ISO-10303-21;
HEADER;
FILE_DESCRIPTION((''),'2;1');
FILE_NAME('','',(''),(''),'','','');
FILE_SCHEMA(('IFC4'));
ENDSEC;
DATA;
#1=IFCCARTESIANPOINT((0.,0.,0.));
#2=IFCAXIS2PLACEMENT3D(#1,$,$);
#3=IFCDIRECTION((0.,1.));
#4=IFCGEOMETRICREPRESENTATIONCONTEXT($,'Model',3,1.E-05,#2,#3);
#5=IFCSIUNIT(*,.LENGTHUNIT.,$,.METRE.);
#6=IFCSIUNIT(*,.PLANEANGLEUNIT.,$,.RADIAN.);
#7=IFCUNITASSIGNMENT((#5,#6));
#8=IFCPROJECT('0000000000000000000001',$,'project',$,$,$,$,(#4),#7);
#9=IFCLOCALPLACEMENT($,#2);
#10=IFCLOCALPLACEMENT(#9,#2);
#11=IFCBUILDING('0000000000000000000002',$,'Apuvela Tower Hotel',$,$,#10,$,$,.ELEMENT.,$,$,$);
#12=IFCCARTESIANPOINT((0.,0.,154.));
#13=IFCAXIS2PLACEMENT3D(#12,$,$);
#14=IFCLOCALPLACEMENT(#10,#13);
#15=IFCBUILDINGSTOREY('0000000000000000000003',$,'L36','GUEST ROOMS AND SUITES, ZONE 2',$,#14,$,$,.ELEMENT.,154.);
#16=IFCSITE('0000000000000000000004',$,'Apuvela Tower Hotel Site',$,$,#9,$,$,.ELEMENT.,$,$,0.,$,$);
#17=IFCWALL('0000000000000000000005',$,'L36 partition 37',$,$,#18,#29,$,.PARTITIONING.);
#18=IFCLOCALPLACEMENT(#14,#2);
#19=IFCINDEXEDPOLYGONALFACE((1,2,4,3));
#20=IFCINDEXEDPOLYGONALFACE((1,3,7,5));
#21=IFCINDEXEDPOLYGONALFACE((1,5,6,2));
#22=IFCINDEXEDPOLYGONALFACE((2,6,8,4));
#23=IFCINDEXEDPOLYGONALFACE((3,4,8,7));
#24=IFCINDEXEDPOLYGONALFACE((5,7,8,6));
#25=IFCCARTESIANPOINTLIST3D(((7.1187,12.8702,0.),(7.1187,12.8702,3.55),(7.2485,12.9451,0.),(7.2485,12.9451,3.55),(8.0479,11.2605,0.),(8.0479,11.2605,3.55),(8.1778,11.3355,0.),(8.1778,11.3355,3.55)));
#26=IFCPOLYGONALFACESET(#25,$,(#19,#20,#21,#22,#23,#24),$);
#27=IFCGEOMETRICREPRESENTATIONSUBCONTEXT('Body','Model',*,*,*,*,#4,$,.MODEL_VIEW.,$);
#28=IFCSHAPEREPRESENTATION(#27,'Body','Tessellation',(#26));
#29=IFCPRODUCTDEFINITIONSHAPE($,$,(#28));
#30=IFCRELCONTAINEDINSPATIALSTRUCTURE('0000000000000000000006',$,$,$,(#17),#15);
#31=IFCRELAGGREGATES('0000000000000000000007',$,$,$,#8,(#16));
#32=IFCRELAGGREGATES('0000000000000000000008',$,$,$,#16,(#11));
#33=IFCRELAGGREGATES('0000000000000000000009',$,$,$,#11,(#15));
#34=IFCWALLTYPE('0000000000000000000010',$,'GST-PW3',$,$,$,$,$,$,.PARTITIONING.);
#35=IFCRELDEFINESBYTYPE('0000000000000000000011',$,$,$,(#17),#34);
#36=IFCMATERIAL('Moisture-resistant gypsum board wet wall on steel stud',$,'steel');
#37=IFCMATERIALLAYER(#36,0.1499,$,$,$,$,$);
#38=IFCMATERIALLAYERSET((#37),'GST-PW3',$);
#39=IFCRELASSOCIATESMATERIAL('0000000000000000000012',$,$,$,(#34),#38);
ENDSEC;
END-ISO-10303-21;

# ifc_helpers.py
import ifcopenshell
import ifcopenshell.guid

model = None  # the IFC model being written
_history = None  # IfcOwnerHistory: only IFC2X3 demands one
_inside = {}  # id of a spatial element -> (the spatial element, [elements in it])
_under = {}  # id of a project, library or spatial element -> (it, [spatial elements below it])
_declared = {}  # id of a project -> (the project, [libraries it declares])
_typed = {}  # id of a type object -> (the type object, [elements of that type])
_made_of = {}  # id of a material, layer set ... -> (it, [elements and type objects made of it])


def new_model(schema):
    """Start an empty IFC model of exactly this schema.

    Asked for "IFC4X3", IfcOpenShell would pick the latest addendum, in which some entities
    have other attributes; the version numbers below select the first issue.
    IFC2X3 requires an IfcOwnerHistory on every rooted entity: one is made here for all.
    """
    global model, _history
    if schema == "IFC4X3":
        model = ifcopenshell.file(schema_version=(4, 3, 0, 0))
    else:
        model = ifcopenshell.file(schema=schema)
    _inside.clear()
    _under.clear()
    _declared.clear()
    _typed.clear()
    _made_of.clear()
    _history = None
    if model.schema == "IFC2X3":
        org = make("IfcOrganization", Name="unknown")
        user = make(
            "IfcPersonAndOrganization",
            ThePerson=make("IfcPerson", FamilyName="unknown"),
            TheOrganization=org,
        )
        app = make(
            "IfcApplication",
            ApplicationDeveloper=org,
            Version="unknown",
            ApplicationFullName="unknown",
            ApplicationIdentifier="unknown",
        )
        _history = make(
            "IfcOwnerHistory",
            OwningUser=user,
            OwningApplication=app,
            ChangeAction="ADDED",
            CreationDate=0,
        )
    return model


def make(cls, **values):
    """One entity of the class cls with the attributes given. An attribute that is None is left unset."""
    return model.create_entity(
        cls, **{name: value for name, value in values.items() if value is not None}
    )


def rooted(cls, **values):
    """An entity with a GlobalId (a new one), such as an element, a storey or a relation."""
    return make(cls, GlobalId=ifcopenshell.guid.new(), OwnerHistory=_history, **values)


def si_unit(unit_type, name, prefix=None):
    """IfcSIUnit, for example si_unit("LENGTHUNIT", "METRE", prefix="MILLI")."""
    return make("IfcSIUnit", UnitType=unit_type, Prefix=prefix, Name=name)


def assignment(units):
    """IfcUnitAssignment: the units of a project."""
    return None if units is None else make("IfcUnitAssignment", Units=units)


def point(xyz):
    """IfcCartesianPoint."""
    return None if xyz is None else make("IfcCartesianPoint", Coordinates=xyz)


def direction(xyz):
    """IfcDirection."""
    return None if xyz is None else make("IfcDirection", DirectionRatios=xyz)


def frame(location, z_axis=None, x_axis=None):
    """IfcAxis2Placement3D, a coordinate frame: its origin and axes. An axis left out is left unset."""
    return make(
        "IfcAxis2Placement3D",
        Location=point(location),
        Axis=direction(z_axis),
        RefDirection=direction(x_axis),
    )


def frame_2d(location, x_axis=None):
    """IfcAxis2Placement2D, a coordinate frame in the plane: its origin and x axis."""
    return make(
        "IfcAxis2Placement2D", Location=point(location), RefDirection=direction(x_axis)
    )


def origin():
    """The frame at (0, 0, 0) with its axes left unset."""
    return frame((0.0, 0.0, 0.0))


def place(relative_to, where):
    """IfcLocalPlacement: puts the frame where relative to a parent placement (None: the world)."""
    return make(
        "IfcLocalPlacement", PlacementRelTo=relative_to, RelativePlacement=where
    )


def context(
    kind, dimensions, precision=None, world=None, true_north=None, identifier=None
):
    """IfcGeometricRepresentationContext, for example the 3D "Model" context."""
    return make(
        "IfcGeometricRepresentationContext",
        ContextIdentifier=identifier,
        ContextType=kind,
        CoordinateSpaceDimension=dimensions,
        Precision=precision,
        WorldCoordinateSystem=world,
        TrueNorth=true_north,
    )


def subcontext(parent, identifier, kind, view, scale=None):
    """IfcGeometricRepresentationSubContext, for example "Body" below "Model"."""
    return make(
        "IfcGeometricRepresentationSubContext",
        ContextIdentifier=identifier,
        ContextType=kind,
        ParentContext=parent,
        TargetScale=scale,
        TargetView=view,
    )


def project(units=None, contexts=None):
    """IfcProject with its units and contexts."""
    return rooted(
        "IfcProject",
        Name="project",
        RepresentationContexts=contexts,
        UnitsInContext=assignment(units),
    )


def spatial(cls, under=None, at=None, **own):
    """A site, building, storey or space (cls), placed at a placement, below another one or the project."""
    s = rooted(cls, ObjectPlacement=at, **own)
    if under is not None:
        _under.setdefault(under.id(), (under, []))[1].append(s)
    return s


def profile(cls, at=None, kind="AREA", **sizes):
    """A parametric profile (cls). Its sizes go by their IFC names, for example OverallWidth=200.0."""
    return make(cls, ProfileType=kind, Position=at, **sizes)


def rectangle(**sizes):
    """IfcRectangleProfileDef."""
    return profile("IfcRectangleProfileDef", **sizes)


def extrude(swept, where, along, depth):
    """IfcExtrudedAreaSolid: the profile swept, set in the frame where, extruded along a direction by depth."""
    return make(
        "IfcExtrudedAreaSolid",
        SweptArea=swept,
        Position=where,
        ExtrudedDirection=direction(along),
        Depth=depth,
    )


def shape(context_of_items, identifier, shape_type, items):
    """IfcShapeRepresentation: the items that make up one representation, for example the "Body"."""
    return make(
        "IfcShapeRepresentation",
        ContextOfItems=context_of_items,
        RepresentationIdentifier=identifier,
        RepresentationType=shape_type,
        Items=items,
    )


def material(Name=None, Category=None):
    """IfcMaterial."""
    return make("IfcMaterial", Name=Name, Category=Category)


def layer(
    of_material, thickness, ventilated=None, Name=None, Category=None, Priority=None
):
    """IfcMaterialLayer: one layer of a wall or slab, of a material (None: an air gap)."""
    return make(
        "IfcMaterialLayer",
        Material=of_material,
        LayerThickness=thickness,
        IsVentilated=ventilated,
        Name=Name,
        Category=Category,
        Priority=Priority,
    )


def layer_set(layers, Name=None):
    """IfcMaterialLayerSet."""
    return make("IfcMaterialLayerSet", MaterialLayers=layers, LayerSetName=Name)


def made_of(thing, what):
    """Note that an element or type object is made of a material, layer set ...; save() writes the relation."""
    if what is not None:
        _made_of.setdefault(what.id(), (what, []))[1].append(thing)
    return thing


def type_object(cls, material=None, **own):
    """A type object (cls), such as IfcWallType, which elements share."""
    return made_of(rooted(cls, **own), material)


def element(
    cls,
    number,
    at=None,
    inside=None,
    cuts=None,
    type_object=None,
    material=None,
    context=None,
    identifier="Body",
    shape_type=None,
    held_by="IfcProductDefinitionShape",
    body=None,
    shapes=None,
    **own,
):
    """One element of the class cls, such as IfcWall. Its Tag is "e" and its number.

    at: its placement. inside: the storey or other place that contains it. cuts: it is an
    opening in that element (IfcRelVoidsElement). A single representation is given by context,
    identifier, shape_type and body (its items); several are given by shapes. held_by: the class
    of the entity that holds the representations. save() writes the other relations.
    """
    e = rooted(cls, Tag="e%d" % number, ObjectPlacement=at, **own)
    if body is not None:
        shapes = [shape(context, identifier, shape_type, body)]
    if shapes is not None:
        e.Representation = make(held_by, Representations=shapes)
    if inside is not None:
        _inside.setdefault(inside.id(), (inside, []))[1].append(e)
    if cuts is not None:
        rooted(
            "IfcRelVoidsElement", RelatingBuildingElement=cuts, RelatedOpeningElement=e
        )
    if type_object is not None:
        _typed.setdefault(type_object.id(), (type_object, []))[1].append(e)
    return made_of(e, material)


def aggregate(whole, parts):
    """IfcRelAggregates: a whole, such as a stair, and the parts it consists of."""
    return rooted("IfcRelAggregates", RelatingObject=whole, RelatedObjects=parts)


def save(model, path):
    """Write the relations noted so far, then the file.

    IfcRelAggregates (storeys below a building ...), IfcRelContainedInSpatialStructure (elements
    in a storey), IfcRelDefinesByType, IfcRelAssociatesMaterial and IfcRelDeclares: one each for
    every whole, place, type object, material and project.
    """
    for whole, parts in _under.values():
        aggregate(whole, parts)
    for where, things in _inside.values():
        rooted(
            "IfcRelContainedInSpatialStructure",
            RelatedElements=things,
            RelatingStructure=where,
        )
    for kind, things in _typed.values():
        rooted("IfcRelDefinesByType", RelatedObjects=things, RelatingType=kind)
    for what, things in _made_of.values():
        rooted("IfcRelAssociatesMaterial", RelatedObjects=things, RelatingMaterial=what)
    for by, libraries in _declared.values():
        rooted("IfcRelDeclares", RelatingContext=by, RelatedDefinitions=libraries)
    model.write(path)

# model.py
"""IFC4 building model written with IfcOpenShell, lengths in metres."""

from ifc_helpers import new_model, si_unit, direction, frame, frame_2d, origin, place, context, subcontext, project, spatial, rectangle, extrude, material, layer, layer_set, type_object, element, save


model = new_model("IFC4")

# Units and contexts
model_context = context("Model", 3, precision=1e-05, world=origin(), true_north=direction((0.0, 1.0)))
body_context = subcontext(model_context, "Body", "Model", "MODEL_VIEW")
ifc_project = project(units=[si_unit("LENGTHUNIT", "METRE"), si_unit("PLANEANGLEUNIT", "RADIAN")], contexts=[model_context])

# Site, building, storey
site_placement = place(None, origin())
site = spatial("IfcSite", under=ifc_project, at=site_placement, Name="Apuvela Tower Hotel Site", CompositionType="ELEMENT", RefElevation=0.0)
building_placement = place(site_placement, origin())
building = spatial("IfcBuilding", under=site, at=building_placement, Name="Apuvela Tower Hotel", CompositionType="ELEMENT")
storey_placement = place(building_placement, frame((0.0, 0.0, 154.0)))
storey = spatial("IfcBuildingStorey", under=building, at=storey_placement, Name="L36", Description="GUEST ROOMS AND SUITES, ZONE 2", CompositionType="ELEMENT", Elevation=154.0)

# Shared definitions
ifc_material_1 = material(Name="Moisture-resistant gypsum board wet wall on steel stud", Category="steel")
ifc_layer_1 = layer(ifc_material_1, 0.1499)
ifc_layer_set_1 = layer_set([ifc_layer_1], Name="GST-PW3")
wall_type_1 = type_object("IfcWallType", Name="GST-PW3", PredefinedType="PARTITIONING", material=ifc_layer_set_1)

# Wall
wall_1_placement = place(storey_placement, frame((8.1128, 11.2981, 0.0), z_axis=(0.0, 0.0, 1.0), x_axis=(-0.499954, 0.866052, 0.0)))
element("IfcWall", 1, at=wall_1_placement, inside=storey, type_object=wall_type_1, Name="L36 partition 37", PredefinedType="PARTITIONING", context=body_context, shape_type="SweptSolid", body=[
    extrude(rectangle(XDim=1.8586, YDim=0.1499, at=frame_2d((0.9292, 0.0))), origin(), (0.0, 0.0, 1.0), 3.55),
])

save(model, "model.ifc")
